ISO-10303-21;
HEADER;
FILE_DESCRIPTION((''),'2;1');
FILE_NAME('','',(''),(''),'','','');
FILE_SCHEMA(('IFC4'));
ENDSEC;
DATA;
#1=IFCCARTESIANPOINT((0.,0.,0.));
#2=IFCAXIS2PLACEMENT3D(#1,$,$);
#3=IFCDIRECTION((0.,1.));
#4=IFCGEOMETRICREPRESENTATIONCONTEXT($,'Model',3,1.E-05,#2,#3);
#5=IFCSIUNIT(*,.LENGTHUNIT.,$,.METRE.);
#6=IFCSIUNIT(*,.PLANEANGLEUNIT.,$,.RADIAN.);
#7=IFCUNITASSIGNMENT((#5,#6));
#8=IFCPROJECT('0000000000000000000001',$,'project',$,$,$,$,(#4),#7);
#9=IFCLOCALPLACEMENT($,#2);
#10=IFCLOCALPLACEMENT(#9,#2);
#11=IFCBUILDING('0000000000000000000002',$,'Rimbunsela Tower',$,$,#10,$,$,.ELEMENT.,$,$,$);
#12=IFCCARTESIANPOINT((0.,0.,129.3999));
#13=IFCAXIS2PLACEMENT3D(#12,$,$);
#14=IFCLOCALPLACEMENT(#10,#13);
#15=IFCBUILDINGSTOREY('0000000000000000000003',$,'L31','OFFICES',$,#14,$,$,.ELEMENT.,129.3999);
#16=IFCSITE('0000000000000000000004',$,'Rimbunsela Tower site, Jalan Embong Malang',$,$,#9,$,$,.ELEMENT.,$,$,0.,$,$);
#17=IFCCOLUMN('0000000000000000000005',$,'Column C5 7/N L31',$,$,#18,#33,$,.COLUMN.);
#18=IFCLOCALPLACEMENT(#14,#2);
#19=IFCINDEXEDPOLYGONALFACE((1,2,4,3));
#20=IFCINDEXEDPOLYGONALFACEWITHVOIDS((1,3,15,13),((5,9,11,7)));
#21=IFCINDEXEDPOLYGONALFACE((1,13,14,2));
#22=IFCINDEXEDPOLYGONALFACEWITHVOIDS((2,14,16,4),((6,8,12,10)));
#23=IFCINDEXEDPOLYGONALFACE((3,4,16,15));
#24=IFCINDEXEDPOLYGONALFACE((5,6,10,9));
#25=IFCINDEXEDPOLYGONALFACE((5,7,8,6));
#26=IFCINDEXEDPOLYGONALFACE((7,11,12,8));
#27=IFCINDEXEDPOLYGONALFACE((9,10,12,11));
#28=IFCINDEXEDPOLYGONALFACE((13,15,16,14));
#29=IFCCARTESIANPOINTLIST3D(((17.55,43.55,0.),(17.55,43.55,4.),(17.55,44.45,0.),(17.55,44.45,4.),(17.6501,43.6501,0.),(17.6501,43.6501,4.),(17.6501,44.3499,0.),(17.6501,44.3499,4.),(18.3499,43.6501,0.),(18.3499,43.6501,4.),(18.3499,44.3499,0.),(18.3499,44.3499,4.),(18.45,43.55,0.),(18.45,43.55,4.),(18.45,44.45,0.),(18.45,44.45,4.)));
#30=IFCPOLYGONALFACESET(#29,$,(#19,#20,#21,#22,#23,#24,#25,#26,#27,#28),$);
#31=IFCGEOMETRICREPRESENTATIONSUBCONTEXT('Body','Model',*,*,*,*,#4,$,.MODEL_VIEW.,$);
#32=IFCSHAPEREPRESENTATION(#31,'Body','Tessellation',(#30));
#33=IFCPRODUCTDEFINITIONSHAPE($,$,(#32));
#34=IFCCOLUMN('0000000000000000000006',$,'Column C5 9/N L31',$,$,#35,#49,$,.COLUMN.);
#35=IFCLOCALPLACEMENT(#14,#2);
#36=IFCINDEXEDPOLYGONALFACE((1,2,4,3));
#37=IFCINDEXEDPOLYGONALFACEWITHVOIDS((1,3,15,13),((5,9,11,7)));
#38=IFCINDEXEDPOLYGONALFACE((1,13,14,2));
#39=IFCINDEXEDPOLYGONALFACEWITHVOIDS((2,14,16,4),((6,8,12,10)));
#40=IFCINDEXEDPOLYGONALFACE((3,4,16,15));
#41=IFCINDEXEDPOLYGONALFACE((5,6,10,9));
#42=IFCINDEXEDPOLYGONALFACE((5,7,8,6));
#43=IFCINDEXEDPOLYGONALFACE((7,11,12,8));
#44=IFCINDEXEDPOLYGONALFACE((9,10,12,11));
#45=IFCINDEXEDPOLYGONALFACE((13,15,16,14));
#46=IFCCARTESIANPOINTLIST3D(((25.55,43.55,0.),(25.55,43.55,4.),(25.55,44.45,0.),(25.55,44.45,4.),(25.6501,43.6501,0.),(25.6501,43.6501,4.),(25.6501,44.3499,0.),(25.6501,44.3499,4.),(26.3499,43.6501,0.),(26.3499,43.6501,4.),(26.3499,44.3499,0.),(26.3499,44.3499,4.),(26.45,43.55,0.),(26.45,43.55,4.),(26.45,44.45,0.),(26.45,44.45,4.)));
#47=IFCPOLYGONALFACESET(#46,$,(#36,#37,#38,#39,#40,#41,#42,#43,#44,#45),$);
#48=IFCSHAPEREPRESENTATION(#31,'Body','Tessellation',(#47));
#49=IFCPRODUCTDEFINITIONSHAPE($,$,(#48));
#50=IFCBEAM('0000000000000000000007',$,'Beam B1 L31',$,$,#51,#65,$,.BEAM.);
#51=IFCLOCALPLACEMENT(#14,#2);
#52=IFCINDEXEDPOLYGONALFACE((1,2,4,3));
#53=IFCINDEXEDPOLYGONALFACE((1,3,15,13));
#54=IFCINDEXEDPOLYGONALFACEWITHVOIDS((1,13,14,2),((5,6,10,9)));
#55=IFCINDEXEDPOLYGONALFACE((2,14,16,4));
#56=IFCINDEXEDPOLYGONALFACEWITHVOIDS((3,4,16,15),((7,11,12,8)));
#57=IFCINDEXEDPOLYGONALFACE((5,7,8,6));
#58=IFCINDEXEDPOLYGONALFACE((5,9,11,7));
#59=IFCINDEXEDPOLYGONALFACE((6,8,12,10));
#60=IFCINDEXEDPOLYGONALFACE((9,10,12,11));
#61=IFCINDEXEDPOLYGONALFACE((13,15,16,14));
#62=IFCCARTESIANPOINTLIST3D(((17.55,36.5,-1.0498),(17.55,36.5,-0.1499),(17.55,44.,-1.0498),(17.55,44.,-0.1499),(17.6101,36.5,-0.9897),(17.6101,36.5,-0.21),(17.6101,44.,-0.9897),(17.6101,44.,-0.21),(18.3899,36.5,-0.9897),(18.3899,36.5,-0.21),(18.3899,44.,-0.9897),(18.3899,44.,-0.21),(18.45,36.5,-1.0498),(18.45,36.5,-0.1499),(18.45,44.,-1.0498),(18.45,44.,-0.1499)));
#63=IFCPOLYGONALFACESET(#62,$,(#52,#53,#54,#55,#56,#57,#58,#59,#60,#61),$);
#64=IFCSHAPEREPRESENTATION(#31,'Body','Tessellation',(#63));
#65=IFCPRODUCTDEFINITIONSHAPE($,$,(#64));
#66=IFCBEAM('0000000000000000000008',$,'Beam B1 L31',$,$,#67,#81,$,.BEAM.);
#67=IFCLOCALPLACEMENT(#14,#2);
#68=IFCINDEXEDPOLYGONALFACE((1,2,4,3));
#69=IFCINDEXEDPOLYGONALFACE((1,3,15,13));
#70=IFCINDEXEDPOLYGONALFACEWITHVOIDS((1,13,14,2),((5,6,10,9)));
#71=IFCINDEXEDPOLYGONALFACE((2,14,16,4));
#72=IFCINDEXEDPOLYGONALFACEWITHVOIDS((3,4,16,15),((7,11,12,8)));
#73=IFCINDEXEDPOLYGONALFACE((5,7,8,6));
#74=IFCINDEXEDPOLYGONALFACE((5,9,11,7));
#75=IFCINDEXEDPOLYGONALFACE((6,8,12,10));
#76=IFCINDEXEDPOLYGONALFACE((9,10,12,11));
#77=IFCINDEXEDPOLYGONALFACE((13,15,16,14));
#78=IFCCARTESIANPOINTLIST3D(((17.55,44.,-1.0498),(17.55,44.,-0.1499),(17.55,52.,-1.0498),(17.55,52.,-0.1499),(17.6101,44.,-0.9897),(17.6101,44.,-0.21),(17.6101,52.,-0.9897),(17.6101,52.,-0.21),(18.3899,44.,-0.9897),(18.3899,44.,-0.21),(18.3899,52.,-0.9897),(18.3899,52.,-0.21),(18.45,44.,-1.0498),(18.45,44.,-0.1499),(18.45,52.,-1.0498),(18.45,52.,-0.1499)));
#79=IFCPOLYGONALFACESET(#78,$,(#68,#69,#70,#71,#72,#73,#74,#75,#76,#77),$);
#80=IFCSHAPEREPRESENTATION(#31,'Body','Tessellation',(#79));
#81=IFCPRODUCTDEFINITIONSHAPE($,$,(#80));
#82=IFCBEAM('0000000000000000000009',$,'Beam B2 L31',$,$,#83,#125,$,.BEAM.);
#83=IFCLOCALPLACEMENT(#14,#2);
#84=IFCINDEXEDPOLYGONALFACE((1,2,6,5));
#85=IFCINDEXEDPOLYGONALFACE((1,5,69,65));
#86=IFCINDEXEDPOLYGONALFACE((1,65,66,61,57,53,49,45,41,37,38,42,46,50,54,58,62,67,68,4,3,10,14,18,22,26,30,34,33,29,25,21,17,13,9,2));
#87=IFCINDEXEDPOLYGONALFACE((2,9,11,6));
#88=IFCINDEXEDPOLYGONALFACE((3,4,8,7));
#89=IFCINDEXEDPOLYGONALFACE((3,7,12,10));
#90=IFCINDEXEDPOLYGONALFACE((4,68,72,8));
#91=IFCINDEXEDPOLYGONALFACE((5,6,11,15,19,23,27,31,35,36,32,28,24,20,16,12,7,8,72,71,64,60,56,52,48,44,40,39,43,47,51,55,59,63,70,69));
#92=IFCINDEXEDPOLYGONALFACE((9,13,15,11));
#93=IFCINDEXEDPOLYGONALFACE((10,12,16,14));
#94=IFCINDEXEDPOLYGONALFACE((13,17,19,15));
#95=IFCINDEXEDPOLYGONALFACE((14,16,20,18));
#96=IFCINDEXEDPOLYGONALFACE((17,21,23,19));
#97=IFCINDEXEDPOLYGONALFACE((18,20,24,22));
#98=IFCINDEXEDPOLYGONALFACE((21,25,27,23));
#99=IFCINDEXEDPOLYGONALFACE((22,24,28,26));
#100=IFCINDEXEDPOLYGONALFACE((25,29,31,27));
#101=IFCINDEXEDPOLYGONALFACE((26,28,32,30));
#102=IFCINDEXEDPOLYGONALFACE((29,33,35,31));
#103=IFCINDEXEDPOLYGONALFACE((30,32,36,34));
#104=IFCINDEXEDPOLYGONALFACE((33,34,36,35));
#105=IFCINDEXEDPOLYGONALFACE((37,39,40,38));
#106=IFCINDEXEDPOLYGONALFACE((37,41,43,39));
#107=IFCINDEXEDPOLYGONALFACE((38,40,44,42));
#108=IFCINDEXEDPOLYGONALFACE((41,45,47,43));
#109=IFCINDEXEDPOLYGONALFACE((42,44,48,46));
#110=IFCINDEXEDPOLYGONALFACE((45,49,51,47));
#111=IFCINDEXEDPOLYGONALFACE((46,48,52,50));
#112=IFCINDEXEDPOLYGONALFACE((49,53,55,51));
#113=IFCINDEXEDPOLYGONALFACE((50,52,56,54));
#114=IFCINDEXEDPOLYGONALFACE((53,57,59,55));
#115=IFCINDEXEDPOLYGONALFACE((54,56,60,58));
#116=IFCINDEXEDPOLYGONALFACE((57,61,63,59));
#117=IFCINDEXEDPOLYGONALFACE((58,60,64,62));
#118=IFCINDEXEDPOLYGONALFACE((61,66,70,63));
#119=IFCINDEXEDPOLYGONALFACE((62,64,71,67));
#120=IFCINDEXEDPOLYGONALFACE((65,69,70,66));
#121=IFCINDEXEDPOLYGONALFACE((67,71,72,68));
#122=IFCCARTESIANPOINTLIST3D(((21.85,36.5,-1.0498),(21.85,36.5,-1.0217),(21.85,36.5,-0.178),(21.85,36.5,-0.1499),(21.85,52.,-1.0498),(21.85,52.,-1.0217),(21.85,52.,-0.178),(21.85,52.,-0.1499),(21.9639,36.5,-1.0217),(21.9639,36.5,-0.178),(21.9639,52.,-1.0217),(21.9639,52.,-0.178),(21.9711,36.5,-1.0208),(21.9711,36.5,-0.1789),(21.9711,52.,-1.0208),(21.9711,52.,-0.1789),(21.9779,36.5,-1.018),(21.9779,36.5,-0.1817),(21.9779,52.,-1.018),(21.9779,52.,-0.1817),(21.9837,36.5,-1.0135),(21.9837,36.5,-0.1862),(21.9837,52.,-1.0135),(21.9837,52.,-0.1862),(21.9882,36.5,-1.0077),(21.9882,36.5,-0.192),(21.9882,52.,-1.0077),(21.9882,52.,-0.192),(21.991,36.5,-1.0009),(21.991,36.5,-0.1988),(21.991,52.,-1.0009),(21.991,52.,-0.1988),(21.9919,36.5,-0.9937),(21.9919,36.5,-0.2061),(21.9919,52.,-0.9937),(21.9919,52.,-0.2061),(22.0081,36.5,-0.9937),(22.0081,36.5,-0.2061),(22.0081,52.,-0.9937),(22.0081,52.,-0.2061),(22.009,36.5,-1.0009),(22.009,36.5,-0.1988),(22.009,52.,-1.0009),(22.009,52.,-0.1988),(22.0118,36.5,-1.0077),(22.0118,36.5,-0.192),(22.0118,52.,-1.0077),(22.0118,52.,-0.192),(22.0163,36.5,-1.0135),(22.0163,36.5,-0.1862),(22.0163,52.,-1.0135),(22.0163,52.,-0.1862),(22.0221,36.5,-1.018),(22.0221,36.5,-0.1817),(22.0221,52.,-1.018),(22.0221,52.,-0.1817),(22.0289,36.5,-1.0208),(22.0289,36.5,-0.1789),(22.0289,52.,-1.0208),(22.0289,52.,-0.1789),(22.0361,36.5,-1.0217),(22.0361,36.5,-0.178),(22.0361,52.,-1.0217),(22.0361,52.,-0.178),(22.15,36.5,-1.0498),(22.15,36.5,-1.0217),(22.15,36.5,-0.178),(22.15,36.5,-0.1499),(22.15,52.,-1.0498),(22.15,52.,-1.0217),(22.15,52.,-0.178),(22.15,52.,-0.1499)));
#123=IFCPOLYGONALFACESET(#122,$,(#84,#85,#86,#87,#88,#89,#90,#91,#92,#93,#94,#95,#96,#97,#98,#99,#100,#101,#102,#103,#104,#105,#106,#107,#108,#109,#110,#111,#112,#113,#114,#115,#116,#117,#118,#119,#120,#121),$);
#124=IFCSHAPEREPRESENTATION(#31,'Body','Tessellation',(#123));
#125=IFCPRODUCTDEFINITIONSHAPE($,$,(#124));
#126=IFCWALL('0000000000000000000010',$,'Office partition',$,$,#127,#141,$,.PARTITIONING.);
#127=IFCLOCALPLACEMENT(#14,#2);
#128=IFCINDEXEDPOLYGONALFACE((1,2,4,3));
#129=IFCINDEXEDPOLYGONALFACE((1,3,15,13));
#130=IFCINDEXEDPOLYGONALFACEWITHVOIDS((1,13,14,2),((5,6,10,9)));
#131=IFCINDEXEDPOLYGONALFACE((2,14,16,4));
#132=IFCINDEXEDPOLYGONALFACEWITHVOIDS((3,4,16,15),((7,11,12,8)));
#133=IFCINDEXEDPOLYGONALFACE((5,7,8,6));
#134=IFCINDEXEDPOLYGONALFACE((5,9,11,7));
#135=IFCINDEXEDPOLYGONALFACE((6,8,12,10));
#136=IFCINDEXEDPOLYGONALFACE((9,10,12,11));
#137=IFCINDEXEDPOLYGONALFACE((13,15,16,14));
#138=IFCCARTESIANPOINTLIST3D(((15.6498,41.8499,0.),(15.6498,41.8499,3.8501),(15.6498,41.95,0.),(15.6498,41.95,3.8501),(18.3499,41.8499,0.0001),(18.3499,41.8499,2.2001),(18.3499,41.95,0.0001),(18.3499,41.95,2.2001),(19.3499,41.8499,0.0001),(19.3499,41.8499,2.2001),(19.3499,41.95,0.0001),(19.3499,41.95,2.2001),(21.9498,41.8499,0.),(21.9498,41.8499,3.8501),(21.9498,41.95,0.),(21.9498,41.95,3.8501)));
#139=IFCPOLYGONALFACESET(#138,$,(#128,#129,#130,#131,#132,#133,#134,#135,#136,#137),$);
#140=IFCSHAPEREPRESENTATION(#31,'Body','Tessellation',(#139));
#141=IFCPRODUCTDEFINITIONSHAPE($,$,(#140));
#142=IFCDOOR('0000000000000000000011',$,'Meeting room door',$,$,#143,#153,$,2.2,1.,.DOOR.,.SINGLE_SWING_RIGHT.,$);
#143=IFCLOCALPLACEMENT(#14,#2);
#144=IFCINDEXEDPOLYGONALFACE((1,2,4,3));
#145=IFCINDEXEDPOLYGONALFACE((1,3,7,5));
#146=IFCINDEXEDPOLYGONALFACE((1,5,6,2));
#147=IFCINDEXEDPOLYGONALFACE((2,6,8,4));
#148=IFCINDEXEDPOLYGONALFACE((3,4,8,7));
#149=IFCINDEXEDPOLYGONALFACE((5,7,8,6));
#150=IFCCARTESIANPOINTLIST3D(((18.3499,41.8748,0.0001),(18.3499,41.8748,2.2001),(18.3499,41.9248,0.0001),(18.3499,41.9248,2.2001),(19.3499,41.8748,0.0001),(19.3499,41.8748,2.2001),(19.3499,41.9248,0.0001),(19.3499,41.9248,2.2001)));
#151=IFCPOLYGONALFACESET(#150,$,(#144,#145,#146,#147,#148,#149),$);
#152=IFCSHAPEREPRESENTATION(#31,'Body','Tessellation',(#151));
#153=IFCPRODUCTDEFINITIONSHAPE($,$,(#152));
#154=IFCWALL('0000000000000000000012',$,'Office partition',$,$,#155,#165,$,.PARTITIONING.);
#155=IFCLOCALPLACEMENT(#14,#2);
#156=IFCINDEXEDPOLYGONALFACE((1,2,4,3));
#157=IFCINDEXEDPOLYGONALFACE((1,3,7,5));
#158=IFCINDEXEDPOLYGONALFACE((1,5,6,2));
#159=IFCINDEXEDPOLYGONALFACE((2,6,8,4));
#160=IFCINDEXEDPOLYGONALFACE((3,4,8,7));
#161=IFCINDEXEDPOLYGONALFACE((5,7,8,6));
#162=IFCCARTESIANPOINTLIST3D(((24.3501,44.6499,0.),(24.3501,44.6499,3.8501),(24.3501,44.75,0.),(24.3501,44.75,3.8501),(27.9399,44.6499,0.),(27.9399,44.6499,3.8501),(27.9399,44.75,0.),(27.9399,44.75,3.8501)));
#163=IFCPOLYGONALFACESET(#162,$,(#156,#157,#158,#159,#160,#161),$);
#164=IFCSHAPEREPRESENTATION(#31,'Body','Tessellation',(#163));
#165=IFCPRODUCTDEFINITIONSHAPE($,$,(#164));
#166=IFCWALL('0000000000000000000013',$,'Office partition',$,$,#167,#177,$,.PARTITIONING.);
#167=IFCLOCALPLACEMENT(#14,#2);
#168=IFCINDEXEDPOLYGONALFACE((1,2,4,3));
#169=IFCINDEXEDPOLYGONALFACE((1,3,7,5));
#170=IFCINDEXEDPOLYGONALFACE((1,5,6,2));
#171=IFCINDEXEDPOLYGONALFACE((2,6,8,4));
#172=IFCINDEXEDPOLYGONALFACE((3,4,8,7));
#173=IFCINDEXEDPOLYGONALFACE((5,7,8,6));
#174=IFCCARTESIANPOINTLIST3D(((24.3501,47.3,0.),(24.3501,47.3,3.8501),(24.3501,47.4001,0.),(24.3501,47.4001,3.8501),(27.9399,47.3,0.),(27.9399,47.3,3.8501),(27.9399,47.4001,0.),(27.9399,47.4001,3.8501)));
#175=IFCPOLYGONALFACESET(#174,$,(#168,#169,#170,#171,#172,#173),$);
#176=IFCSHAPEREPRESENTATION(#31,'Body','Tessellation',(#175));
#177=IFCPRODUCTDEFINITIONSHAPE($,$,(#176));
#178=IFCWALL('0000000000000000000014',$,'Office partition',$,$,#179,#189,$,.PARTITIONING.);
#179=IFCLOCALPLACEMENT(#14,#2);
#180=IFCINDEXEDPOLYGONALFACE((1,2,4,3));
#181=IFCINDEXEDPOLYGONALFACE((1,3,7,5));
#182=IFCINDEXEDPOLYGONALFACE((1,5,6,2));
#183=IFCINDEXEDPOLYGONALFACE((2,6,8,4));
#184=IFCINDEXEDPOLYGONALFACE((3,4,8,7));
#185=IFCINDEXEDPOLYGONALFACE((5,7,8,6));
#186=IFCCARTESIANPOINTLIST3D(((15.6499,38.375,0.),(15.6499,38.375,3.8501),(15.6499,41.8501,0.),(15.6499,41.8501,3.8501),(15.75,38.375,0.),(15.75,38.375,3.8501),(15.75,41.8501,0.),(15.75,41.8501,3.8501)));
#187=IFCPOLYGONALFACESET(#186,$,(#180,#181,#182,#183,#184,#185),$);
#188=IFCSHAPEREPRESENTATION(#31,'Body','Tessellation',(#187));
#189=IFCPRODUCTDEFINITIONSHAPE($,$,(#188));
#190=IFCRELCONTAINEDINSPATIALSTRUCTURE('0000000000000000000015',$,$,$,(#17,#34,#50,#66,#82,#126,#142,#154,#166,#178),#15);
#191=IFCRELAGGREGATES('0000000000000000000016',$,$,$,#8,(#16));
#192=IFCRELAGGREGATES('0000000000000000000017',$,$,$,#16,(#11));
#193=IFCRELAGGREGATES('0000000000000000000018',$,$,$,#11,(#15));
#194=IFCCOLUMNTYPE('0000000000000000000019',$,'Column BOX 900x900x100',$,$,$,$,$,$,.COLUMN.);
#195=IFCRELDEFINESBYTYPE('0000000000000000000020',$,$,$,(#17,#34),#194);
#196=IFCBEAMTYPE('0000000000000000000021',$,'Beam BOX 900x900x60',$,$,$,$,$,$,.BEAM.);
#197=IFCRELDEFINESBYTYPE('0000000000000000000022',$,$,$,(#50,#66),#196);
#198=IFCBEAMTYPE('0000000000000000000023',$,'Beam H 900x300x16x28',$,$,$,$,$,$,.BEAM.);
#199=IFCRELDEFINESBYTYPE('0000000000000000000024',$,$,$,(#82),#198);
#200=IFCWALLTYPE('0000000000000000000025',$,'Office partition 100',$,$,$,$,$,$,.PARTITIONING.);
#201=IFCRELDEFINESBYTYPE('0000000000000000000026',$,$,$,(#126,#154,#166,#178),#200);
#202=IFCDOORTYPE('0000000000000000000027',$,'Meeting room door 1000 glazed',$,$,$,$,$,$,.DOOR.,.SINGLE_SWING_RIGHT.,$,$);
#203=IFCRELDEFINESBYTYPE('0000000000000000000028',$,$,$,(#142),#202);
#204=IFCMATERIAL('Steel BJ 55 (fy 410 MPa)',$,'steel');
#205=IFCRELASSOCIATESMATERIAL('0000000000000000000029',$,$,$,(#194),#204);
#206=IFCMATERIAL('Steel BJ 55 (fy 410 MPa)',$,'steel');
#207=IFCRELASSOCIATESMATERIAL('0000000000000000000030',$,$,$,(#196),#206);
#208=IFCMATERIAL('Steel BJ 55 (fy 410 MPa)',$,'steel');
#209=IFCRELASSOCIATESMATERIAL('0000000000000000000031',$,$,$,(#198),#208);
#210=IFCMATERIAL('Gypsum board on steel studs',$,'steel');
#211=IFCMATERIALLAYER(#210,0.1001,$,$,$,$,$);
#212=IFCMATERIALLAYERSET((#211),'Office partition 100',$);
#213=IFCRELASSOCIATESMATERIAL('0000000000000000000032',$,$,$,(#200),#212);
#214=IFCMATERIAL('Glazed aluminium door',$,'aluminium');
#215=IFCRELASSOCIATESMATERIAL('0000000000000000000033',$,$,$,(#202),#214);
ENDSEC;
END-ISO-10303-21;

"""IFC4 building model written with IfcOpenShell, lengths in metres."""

from ifc_helpers import new_model, si_unit, direction, frame, frame_2d, origin, origin_2d, place, context, subcontext, project, spatial, rectangle, hollow_rectangle, i_section, extrude, material, layer, layer_set, material_profile, profile_set, type_object, element, fill, save


model = new_model("IFC4")

# Units and contexts
model_context = context("Model", 3, precision=1e-05, world=origin(), true_north=direction((0.0, 1.0)))
body_context = subcontext(model_context, "Body", "Model", "MODEL_VIEW")
ifc_project = project(units=[si_unit("LENGTHUNIT", "METRE"), si_unit("PLANEANGLEUNIT", "RADIAN")], contexts=[model_context])

# Site, building, storey
site_placement = place(None, origin())
site = spatial("IfcSite", under=ifc_project, at=site_placement, Name="Rimbunsela Tower site, Jalan Embong Malang", CompositionType="ELEMENT", RefElevation=0.0)
building_placement = place(site_placement, origin())
building = spatial("IfcBuilding", under=site, at=building_placement, Name="Rimbunsela Tower", CompositionType="ELEMENT")
storey_placement = place(building_placement, frame((0.0, 0.0, 129.3999)))
storey = spatial("IfcBuildingStorey", under=building, at=storey_placement, Name="L31", Description="OFFICES", CompositionType="ELEMENT", Elevation=129.3999)

# Columns
ifc_material_1 = material(Name="Steel BJ 55 (fy 410 MPa)", Category="steel")
ifc_material_profile_1 = material_profile(ifc_material_1, hollow_rectangle(XDim=0.8999, YDim=0.8999, WallThickness=0.1001, at=origin_2d()), Name="BOX 900x900x100")
ifc_profile_set_1 = profile_set([ifc_material_profile_1], Name="Steel BJ 55 (fy 410 MPa)")
column_type = type_object("IfcColumnType", Name="Column BOX 900x900x100", PredefinedType="COLUMN", material=ifc_profile_set_1)
for number, where, z_axis, x_axis, name in (
    (1, (18.0, 44.0, 0.0), (0.0, 0.0, 1.0), (1.0, 0.0, 0.0), "Column C5 7/N L31"),
    (2, (26.0, 44.0, 0.0), (0.0, 0.0, 1.0), (1.0, 0.0, 0.0), "Column C5 9/N L31"),
):
    element("IfcColumn", number, at=place(storey_placement, frame(where, z_axis=z_axis, x_axis=x_axis)), inside=storey, type_object=column_type, Name=name, PredefinedType="COLUMN", context=body_context, shape_type="SweptSolid", body=[
        extrude(hollow_rectangle(XDim=0.8999, YDim=0.8999, WallThickness=0.1001, at=origin_2d()), origin(), (0.0, 0.0, 1.0), 4.0),
    ])

# Beams
ifc_material_2 = material(Name="Steel BJ 55 (fy 410 MPa)", Category="steel")
ifc_material_profile_2 = material_profile(ifc_material_2, hollow_rectangle(XDim=0.8999, YDim=0.8999, WallThickness=0.0601, at=origin_2d()), Name="BOX 900x900x60")
ifc_profile_set_2 = profile_set([ifc_material_profile_2], Name="Steel BJ 55 (fy 410 MPa)")
beam_type_1 = type_object("IfcBeamType", Name="Beam BOX 900x900x60", PredefinedType="BEAM", material=ifc_profile_set_2)
beam_1_placement = place(storey_placement, frame((18.0, 36.5, -0.5999), z_axis=(0.0, 1.0, 0.0), x_axis=(-1.0, 0.0, 0.0)))
element("IfcBeam", 3, at=beam_1_placement, inside=storey, type_object=beam_type_1, Name="Beam B1 L31", PredefinedType="BEAM", context=body_context, shape_type="SweptSolid", body=[
    extrude(hollow_rectangle(XDim=0.8999, YDim=0.8999, WallThickness=0.0601, at=origin_2d()), origin(), (0.0, 0.0, 1.0), 7.5),
])
beam_2_placement = place(storey_placement, frame((18.0, 44.0, -0.5999), z_axis=(0.0, 1.0, 0.0), x_axis=(-1.0, 0.0, 0.0)))
element("IfcBeam", 4, at=beam_2_placement, inside=storey, type_object=beam_type_1, Name="Beam B1 L31", PredefinedType="BEAM", context=body_context, shape_type="SweptSolid", body=[
    extrude(hollow_rectangle(XDim=0.8999, YDim=0.8999, WallThickness=0.0601, at=origin_2d()), origin(), (0.0, 0.0, 1.0), 8.0),
])
ifc_material_3 = material(Name="Steel BJ 55 (fy 410 MPa)", Category="steel")
ifc_material_profile_3 = material_profile(ifc_material_3, i_section(OverallWidth=0.3, OverallDepth=0.8999, WebThickness=0.0161, FlangeThickness=0.0281, FilletRadius=0.0281, at=origin_2d()), Name="H 900x300x16x28")
ifc_profile_set_3 = profile_set([ifc_material_profile_3], Name="Steel BJ 55 (fy 410 MPa)")
beam_type_2 = type_object("IfcBeamType", Name="Beam H 900x300x16x28", PredefinedType="BEAM", material=ifc_profile_set_3)
beam_3_placement = place(storey_placement, frame((22.0, 36.5, -0.5999), z_axis=(0.0, 1.0, 0.0), x_axis=(-1.0, 0.0, 0.0)))
element("IfcBeam", 5, at=beam_3_placement, inside=storey, type_object=beam_type_2, Name="Beam B2 L31", PredefinedType="BEAM", context=body_context, shape_type="SweptSolid", body=[
    extrude(i_section(OverallWidth=0.3, OverallDepth=0.8999, WebThickness=0.0161, FlangeThickness=0.0281, FilletRadius=0.0281, at=origin_2d()), origin(), (0.0, 0.0, 1.0), 15.5),
])

# Wall, opening, door
ifc_material_4 = material(Name="Gypsum board on steel studs", Category="steel")
ifc_layer_1 = layer(ifc_material_4, 0.1001)
ifc_layer_set_1 = layer_set([ifc_layer_1], Name="Office partition 100")
wall_type_1 = type_object("IfcWallType", Name="Office partition 100", PredefinedType="PARTITIONING", material=ifc_layer_set_1)
wall_1_placement = place(storey_placement, frame((15.6499, 41.8999, 0.0), z_axis=(0.0, 0.0, 1.0), x_axis=(1.0, 0.0, 0.0)))
wall_1 = element("IfcWall", 6, at=wall_1_placement, inside=storey, type_object=wall_type_1, Name="Office partition", PredefinedType="PARTITIONING", context=body_context, shape_type="SweptSolid", body=[
    extrude(rectangle(XDim=6.3, YDim=0.1001, at=frame_2d((3.1499, 0.0))), origin(), (0.0, 0.0, 1.0), 3.8501),
])
opening_1_placement = place(wall_1_placement, frame((2.7, 0.0, 0.0)))
opening_1 = element("IfcOpeningElement", 7, at=opening_1_placement, cuts=wall_1, PredefinedType="OPENING", context=body_context, shape_type="SweptSolid", body=[
    extrude(rectangle(XDim=1.0, YDim=2.2, at=frame_2d((0.5, 1.1001))), frame((0.0, 0.0601, 0.0), z_axis=(0.0, -1.0, 0.0), x_axis=(1.0, 0.0, 0.0)), (0.0, 0.0, 1.0), 0.1201),
])
ifc_material_5 = material(Name="Glazed aluminium door", Category="aluminium")
door_type_1 = type_object("IfcDoorType", Name="Meeting room door 1000 glazed", OperationType="SINGLE_SWING_RIGHT", PredefinedType="DOOR", material=ifc_material_5)
door_1_placement = place(opening_1_placement, origin())
door_1 = element("IfcDoor", 8, at=door_1_placement, inside=storey, type_object=door_type_1, Name="Meeting room door", OperationType="SINGLE_SWING_RIGHT", OverallHeight=2.2, OverallWidth=1.0, PredefinedType="DOOR", context=body_context, shape_type="SweptSolid", body=[
    extrude(rectangle(XDim=1.0, YDim=2.2, at=frame_2d((0.5, 1.1001))), frame((0.0, 0.0249, 0.0), z_axis=(0.0, -1.0, 0.0), x_axis=(1.0, 0.0, 0.0)), (0.0, 0.0, 1.0), 0.05),
])
fill(opening_1, door_1)

# Walls
for number, where, z_axis, x_axis, name in (
    (9, (24.3501, 44.7, 0.0), (0.0, 0.0, 1.0), (1.0, 0.0, 0.0), "Office partition"),
    (10, (24.3501, 47.3501, 0.0), (0.0, 0.0, 1.0), (1.0, 0.0, 0.0), "Office partition"),
):
    element("IfcWall", number, at=place(storey_placement, frame(where, z_axis=z_axis, x_axis=x_axis)), inside=storey, type_object=wall_type_1, Name=name, PredefinedType="PARTITIONING", context=body_context, shape_type="SweptSolid", body=[
        extrude(rectangle(XDim=3.5898, YDim=0.1001, at=frame_2d((1.7949, 0.0))), origin(), (0.0, 0.0, 1.0), 3.8501),
    ])
wall_2_placement = place(storey_placement, frame((15.7, 38.375, 0.0), z_axis=(0.0, 0.0, 1.0), x_axis=(0.0, 1.0, 0.0)))
element("IfcWall", 11, at=wall_2_placement, inside=storey, type_object=wall_type_1, Name="Office partition", PredefinedType="PARTITIONING", context=body_context, shape_type="SweptSolid", body=[
    extrude(rectangle(XDim=3.4751, YDim=0.1001, at=frame_2d((1.7375, 0.0))), origin(), (0.0, 0.0, 1.0), 3.8501),
])

save(model, "model.ifc")
